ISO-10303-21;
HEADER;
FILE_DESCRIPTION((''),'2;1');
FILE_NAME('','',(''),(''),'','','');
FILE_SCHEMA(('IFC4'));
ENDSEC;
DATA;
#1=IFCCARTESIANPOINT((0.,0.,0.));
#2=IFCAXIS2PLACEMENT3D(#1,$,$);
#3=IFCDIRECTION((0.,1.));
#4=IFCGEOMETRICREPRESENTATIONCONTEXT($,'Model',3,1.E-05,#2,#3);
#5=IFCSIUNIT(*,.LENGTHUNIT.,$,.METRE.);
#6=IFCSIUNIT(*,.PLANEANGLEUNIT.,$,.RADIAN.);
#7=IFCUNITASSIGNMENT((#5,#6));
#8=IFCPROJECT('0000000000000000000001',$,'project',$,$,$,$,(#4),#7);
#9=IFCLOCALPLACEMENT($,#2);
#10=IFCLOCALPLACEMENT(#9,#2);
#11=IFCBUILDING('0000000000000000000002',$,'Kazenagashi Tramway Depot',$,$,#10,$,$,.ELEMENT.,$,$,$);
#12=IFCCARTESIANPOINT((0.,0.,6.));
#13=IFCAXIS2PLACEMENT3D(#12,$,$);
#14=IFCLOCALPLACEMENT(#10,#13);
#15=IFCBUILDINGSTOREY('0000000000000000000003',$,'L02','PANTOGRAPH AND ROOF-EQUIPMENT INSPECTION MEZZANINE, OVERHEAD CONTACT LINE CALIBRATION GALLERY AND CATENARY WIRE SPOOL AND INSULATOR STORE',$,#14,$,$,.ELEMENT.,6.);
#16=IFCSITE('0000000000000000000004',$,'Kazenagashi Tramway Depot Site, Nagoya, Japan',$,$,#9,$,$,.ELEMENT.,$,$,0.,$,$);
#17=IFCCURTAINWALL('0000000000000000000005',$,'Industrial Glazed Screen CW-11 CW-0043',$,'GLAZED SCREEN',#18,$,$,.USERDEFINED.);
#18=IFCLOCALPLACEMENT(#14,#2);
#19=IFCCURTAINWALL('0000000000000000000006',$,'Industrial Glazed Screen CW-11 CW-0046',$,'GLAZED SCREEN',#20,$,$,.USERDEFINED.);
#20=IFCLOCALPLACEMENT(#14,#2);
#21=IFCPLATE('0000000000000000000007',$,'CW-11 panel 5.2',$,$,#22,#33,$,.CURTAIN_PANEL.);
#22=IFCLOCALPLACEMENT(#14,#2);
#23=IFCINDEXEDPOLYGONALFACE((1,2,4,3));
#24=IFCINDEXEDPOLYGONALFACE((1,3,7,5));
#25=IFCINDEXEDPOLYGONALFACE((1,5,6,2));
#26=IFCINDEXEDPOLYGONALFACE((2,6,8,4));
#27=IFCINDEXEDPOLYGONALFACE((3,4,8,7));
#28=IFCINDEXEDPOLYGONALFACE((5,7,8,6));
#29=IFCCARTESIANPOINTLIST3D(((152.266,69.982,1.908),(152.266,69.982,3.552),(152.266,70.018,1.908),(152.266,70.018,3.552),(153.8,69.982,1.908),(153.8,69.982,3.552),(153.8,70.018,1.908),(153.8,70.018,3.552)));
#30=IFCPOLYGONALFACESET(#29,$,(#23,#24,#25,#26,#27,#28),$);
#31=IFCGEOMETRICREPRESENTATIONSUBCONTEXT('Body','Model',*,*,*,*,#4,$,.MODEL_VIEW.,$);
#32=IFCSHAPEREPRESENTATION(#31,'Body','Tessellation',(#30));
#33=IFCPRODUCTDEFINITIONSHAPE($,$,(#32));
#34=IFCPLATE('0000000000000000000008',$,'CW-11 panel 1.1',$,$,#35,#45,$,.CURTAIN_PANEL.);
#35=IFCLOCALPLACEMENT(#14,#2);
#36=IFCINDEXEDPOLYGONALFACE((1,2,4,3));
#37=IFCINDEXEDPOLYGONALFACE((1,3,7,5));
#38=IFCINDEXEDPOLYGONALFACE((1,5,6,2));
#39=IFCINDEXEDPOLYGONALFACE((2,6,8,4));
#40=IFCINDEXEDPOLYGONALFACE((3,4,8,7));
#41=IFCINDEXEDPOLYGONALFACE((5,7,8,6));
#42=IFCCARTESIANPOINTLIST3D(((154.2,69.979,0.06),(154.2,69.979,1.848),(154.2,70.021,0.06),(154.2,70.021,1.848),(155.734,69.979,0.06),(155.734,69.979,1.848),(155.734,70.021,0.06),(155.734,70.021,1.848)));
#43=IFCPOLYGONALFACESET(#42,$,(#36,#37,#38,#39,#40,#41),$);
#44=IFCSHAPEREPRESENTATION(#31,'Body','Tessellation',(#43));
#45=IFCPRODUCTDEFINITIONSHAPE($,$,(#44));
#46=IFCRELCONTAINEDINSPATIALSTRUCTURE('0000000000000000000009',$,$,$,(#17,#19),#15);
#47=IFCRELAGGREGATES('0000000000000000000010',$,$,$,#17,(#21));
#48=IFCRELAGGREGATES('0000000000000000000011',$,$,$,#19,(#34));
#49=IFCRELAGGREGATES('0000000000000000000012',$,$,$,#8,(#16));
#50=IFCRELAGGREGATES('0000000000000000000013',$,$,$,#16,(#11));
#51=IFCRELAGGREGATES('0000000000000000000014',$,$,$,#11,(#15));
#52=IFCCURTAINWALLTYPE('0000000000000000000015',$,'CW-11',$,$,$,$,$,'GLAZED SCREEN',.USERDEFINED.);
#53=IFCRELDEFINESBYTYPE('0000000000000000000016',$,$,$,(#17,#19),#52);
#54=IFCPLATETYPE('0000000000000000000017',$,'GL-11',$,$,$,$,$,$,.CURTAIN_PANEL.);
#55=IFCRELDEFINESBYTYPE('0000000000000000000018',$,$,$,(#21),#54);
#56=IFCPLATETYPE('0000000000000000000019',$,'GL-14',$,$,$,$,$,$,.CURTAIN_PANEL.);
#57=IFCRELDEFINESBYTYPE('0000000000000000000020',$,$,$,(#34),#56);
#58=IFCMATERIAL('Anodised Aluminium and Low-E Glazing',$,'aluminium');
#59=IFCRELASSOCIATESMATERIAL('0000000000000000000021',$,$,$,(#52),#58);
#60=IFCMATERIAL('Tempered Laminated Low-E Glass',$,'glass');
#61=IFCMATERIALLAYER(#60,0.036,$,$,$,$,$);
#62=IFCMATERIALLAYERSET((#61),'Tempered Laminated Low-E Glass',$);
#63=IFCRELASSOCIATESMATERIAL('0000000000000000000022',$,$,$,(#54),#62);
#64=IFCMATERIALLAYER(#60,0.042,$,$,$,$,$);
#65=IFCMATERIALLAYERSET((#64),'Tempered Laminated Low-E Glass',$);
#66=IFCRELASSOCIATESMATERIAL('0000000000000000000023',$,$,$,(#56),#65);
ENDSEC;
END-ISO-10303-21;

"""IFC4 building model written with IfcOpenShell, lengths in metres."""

from ifc_helpers import new_model, si_unit, direction, frame, origin, origin_2d, place, context, subcontext, project, spatial, rectangle, extrude, material, layer, layer_set, type_object, element, aggregate, save


model = new_model("IFC4")

# Units and contexts
model_context = context("Model", 3, precision=1e-05, world=origin(), true_north=direction((0.0, 1.0)))
body_context = subcontext(model_context, "Body", "Model", "MODEL_VIEW")
ifc_project = project(units=[si_unit("LENGTHUNIT", "METRE"), si_unit("PLANEANGLEUNIT", "RADIAN")], contexts=[model_context])

# Site, building, storey
site_placement = place(None, origin())
site = spatial("IfcSite", under=ifc_project, at=site_placement, Name="Kazenagashi Tramway Depot Site, Nagoya, Japan", CompositionType="ELEMENT", RefElevation=0.0)
building_placement = place(site_placement, origin())
building = spatial("IfcBuilding", under=site, at=building_placement, Name="Kazenagashi Tramway Depot", CompositionType="ELEMENT")
storey_placement = place(building_placement, frame((0.0, 0.0, 6.0)))
storey = spatial("IfcBuildingStorey", under=building, at=storey_placement, Name="L02", Description="PANTOGRAPH AND ROOF-EQUIPMENT INSPECTION MEZZANINE, OVERHEAD CONTACT LINE CALIBRATION GALLERY AND CATENARY WIRE SPOOL AND INSULATOR STORE", CompositionType="ELEMENT", Elevation=6.0)

# Curtain wall
ifc_material_1 = material(Name="Anodised Aluminium and Low-E Glazing", Category="aluminium")
curtain_wall_type = type_object("IfcCurtainWallType", Name="CW-11", ElementType="GLAZED SCREEN", PredefinedType="USERDEFINED", material=ifc_material_1)
curtain_wall_1_placement = place(storey_placement, origin())
curtain_wall_1 = element("IfcCurtainWall", 1, at=curtain_wall_1_placement, inside=storey, type_object=curtain_wall_type, Name="Industrial Glazed Screen CW-11 CW-0043", ObjectType="GLAZED SCREEN", PredefinedType="USERDEFINED")

# Curtain wall
curtain_wall_2_placement = place(storey_placement, origin())
curtain_wall_2 = element("IfcCurtainWall", 2, at=curtain_wall_2_placement, inside=storey, type_object=curtain_wall_type, Name="Industrial Glazed Screen CW-11 CW-0046", ObjectType="GLAZED SCREEN", PredefinedType="USERDEFINED")

# Plates
ifc_material_2 = material(Name="Tempered Laminated Low-E Glass", Category="glass")
ifc_layer_1 = layer(ifc_material_2, 0.036)
ifc_layer_set_1 = layer_set([ifc_layer_1], Name="Tempered Laminated Low-E Glass")
plate_type_1 = type_object("IfcPlateType", Name="GL-11", PredefinedType="CURTAIN_PANEL", material=ifc_layer_set_1)
plate_1_placement = place(storey_placement, frame((153.033, 70.0, 1.908), z_axis=(0.0, 0.0, 1.0), x_axis=(1.0, 0.0, 0.0)))
plate_1 = element("IfcPlate", 3, at=plate_1_placement, type_object=plate_type_1, Name="CW-11 panel 5.2", PredefinedType="CURTAIN_PANEL", context=body_context, shape_type="SweptSolid", body=[
    extrude(rectangle(XDim=1.534, YDim=0.036, at=origin_2d()), origin(), (0.0, 0.0, 1.0), 1.644),
])
aggregate(curtain_wall_1, [plate_1])
ifc_layer_2 = layer(ifc_material_2, 0.042)
ifc_layer_set_2 = layer_set([ifc_layer_2], Name="Tempered Laminated Low-E Glass")
plate_type_2 = type_object("IfcPlateType", Name="GL-14", PredefinedType="CURTAIN_PANEL", material=ifc_layer_set_2)
plate_2_placement = place(storey_placement, frame((154.967, 70.0, 0.06), z_axis=(0.0, 0.0, 1.0), x_axis=(1.0, 0.0, 0.0)))
plate_2 = element("IfcPlate", 4, at=plate_2_placement, type_object=plate_type_2, Name="CW-11 panel 1.1", PredefinedType="CURTAIN_PANEL", context=body_context, shape_type="SweptSolid", body=[
    extrude(rectangle(XDim=1.534, YDim=0.042, at=origin_2d()), origin(), (0.0, 0.0, 1.0), 1.788),
])
aggregate(curtain_wall_2, [plate_2])

save(model, "model.ifc")
